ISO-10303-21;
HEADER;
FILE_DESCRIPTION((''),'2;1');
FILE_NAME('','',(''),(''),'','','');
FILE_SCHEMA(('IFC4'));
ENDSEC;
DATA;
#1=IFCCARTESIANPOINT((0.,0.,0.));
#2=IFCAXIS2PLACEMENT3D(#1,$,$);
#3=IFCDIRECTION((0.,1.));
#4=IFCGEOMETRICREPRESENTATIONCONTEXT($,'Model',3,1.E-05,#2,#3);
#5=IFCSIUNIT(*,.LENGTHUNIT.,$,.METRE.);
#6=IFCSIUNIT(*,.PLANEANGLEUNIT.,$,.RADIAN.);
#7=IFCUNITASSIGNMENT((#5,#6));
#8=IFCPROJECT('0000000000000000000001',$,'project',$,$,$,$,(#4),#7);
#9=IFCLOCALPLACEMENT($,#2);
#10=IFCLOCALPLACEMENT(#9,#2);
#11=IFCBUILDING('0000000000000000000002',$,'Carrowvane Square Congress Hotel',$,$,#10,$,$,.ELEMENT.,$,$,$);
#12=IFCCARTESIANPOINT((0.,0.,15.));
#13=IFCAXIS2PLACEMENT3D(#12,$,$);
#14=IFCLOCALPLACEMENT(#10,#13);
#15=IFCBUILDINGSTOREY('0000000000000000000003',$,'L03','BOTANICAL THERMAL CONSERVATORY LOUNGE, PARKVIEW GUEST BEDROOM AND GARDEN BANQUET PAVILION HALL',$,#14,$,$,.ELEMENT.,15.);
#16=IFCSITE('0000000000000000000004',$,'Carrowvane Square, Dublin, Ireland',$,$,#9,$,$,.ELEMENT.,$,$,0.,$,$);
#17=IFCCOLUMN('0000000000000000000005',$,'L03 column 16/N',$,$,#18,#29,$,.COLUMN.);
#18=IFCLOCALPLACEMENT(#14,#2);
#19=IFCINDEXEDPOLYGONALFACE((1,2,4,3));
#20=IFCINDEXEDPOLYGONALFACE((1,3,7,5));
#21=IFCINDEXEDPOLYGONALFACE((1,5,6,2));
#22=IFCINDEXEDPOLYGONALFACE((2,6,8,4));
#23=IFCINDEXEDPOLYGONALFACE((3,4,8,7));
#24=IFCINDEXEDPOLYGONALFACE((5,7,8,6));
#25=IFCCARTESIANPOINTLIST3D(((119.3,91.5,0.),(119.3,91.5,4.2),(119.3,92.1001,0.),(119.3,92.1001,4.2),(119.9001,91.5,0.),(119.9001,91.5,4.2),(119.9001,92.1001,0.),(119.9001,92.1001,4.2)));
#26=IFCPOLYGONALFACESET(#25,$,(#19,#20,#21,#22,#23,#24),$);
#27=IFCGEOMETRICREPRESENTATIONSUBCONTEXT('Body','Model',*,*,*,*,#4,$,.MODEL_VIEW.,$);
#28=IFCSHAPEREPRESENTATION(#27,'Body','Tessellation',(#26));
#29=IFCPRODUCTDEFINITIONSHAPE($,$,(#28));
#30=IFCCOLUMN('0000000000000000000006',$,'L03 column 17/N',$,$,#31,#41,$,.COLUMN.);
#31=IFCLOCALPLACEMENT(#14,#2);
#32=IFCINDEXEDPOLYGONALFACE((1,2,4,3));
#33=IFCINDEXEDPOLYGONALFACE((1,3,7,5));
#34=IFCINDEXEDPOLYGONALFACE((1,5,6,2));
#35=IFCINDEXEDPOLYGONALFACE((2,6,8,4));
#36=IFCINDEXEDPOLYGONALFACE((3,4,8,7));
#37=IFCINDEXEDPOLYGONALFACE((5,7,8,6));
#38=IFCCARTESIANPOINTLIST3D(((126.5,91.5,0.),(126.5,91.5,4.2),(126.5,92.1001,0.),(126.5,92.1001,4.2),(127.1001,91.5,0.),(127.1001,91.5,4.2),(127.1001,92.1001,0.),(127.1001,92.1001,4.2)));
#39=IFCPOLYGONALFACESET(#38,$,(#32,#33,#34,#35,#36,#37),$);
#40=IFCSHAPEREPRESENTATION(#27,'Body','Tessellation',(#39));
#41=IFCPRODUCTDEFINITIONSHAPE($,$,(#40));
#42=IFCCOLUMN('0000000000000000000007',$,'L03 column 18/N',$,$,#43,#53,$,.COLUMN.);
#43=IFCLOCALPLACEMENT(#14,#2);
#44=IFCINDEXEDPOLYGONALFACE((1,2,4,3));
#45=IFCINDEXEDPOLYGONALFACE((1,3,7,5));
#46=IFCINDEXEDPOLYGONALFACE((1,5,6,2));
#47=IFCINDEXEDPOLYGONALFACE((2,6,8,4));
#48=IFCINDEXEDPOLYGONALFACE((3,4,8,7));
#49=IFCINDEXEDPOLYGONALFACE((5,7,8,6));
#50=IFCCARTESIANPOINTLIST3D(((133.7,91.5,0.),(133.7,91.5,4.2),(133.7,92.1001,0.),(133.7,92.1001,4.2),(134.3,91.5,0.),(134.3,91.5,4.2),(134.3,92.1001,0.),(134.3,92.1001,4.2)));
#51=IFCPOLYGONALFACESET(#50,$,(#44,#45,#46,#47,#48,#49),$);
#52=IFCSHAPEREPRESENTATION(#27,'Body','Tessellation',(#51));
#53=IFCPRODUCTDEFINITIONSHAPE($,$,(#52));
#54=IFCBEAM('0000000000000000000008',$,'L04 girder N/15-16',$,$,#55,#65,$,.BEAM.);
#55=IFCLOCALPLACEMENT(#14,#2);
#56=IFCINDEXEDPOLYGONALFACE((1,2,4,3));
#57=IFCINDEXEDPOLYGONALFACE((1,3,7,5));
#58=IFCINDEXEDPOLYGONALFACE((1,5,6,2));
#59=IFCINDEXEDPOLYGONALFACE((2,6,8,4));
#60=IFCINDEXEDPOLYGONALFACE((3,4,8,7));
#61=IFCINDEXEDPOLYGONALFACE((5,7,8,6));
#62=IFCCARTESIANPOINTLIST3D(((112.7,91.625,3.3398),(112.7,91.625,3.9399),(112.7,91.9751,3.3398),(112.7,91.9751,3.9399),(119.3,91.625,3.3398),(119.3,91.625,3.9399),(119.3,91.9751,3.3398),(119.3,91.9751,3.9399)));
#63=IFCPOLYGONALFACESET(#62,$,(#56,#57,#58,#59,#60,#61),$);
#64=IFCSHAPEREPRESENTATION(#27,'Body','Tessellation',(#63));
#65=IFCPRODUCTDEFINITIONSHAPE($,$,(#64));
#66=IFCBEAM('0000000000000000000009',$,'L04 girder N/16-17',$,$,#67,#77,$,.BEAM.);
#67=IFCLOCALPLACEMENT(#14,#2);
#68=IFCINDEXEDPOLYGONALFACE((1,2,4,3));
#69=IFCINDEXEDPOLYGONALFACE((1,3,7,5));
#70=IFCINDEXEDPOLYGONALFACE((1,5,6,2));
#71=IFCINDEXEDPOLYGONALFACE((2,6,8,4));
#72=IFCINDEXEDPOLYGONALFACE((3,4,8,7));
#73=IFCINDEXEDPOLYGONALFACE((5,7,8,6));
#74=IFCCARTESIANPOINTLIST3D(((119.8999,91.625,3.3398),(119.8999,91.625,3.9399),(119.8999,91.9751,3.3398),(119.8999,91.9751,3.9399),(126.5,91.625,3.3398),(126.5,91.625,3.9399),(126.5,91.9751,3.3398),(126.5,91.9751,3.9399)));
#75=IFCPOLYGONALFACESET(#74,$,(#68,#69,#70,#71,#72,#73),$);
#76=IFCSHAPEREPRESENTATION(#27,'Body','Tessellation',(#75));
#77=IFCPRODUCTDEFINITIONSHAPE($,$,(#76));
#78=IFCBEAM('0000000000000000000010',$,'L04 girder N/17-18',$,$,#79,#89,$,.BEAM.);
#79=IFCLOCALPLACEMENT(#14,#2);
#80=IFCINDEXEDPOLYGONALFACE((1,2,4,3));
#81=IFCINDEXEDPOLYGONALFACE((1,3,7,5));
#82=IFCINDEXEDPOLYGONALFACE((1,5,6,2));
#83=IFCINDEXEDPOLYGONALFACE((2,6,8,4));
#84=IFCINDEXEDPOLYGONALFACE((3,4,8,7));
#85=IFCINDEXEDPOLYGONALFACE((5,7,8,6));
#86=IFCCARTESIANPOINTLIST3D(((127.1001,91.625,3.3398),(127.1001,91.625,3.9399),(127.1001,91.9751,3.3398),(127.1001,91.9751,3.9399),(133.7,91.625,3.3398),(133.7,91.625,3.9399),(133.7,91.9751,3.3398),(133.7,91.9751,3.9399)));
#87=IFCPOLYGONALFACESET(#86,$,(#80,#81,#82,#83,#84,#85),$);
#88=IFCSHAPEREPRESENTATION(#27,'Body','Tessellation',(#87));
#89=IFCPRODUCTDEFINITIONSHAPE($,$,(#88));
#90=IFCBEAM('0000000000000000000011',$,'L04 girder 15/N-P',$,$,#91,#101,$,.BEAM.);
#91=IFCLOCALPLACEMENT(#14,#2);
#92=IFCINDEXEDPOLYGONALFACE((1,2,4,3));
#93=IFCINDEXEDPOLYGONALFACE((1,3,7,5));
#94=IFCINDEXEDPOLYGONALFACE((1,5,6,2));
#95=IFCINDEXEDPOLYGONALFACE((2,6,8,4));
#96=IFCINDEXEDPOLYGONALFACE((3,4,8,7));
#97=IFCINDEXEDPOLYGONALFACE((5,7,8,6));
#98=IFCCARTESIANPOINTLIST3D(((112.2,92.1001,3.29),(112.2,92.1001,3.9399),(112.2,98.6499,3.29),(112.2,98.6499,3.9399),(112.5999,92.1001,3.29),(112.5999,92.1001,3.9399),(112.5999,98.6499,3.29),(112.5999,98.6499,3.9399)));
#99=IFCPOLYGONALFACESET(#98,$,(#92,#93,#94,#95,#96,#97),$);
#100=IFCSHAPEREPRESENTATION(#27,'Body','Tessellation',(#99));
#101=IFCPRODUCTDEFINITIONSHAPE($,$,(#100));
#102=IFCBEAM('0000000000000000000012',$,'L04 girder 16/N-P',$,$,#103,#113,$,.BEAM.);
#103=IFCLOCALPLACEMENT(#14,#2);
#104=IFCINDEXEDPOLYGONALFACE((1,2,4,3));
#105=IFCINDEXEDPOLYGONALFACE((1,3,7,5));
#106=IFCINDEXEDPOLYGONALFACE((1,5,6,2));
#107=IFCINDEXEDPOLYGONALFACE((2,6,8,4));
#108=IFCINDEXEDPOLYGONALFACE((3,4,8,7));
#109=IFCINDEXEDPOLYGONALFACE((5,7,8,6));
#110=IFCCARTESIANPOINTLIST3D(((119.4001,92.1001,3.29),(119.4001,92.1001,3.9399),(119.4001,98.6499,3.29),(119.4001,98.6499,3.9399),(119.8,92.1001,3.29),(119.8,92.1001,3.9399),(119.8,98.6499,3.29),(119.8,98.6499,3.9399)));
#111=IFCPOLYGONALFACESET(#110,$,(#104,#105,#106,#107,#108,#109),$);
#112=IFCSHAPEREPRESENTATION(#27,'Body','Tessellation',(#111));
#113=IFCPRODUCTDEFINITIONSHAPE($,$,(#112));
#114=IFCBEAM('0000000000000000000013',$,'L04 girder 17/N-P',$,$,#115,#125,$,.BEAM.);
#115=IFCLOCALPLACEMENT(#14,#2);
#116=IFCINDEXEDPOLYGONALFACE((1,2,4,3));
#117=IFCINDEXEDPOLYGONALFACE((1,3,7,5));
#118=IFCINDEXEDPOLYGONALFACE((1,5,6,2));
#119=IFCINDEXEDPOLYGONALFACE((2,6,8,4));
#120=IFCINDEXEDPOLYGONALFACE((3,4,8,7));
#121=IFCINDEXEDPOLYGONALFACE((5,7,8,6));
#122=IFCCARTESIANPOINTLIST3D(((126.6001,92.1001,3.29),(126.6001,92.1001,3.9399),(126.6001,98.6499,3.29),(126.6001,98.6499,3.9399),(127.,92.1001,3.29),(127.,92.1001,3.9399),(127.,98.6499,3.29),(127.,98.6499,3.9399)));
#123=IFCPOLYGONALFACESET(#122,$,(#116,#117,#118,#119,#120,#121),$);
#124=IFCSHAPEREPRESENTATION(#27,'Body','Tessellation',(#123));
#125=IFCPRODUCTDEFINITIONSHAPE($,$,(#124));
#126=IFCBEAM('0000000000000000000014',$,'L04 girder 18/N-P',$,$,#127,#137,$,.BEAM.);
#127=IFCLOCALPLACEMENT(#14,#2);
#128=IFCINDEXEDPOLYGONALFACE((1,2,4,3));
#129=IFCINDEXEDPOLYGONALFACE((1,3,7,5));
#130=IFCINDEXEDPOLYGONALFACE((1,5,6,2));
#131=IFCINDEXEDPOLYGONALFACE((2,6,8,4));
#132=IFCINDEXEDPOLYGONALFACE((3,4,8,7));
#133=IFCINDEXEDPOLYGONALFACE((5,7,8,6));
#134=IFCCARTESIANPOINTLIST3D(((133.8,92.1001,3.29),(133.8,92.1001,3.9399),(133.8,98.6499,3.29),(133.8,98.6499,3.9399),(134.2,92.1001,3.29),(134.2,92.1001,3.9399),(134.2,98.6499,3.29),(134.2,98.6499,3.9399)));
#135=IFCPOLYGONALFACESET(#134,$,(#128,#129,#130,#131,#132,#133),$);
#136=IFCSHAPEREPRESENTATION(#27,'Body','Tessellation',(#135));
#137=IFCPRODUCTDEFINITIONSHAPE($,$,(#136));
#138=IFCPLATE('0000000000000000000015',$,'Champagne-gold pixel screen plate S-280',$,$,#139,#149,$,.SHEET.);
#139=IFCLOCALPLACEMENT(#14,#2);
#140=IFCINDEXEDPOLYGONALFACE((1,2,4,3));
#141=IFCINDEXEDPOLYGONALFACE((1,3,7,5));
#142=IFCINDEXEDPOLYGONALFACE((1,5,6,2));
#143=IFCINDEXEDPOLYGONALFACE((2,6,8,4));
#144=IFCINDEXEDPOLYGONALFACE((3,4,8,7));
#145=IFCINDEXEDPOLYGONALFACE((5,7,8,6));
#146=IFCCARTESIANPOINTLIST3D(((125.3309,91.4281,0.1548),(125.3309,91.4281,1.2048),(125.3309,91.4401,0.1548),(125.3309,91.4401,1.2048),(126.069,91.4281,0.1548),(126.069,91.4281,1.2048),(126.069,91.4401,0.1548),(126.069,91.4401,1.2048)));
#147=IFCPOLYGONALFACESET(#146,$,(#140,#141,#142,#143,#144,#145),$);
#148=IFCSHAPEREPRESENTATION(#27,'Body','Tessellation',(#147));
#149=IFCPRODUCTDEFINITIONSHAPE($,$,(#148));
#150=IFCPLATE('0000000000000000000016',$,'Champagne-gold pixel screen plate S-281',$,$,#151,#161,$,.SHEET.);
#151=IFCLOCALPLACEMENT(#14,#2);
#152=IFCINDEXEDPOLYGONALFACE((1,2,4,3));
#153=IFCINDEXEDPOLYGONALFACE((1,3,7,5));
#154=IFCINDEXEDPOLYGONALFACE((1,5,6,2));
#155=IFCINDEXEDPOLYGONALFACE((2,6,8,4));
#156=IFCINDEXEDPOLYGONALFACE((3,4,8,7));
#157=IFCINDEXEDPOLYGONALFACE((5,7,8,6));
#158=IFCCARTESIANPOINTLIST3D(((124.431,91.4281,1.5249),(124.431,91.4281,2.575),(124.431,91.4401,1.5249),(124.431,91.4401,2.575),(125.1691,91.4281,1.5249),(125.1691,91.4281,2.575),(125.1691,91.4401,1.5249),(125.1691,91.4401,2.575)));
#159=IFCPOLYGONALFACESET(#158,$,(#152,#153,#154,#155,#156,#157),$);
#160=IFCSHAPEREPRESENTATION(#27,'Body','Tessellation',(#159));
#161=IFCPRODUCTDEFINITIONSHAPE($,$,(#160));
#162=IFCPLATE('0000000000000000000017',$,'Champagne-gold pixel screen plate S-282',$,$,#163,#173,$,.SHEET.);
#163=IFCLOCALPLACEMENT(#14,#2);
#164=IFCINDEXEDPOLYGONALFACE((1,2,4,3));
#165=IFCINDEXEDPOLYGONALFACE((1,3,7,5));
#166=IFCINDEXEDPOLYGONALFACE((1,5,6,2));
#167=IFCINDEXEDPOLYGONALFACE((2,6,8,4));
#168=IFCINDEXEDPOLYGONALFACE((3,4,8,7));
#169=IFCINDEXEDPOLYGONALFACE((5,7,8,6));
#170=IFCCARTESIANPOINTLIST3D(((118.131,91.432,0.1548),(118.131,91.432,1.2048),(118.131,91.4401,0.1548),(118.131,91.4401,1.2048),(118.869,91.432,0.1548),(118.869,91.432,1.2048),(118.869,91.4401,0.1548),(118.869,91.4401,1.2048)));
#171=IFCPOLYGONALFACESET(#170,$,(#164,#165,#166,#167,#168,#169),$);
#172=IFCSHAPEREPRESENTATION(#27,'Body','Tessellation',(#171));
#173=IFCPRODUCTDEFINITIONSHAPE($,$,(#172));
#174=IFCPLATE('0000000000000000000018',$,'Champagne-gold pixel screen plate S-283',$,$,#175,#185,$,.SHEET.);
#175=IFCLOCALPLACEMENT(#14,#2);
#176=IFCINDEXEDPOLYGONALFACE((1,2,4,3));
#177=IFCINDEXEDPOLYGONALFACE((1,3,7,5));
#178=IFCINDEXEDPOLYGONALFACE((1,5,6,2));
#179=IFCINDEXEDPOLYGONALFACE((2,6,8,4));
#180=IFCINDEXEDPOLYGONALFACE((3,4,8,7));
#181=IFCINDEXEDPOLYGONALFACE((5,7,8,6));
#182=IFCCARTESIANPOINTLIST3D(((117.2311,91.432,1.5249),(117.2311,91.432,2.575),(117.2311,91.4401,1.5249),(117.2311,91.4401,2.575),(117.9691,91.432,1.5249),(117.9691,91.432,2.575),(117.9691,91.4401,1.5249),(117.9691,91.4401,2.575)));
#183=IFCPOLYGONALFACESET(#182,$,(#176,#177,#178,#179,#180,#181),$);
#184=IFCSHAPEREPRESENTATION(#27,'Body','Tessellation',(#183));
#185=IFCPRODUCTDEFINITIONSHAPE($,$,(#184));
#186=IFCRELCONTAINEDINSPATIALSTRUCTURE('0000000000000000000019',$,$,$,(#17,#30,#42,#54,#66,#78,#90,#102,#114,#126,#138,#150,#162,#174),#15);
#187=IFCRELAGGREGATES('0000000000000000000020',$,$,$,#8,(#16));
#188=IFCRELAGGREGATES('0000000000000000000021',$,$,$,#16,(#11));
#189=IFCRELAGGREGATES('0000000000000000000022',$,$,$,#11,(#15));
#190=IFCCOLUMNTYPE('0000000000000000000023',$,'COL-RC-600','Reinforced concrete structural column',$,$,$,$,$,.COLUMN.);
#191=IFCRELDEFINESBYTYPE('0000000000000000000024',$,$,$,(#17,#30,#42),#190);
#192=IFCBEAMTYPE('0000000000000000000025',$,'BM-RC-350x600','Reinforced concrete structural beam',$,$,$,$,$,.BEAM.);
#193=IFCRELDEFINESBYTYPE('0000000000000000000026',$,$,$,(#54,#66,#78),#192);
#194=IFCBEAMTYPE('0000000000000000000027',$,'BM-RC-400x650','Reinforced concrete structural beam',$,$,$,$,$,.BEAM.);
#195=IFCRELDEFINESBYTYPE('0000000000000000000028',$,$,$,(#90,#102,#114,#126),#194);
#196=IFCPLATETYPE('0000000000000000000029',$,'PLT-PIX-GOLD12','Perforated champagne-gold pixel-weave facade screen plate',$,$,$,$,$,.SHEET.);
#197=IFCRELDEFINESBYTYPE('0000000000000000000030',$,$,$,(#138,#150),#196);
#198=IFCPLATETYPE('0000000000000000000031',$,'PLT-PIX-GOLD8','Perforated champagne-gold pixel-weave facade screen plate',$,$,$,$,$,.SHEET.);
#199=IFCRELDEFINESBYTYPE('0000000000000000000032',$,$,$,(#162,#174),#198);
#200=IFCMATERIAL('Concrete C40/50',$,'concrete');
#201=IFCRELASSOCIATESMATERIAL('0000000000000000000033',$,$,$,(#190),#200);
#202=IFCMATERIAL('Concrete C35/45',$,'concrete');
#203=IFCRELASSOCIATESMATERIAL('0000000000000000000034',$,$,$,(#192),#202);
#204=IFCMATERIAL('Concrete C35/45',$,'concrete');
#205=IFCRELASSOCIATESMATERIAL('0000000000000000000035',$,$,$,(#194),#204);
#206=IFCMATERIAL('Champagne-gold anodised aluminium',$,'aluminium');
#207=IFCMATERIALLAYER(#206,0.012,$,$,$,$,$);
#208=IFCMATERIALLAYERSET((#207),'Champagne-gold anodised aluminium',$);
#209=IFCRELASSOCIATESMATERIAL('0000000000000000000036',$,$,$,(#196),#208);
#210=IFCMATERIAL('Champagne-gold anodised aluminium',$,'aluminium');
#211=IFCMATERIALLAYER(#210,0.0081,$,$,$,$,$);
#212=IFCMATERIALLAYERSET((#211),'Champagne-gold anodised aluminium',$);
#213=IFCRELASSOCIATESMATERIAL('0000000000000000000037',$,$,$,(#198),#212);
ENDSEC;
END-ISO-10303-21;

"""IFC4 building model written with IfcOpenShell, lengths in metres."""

from ifc_helpers import new_model, si_unit, direction, frame, origin, origin_2d, place, context, subcontext, project, spatial, rectangle, extrude, material, layer, layer_set, material_profile, profile_set, type_object, element, save


model = new_model("IFC4")

# Units and contexts
model_context = context("Model", 3, precision=1e-05, world=origin(), true_north=direction((0.0, 1.0)))
body_context = subcontext(model_context, "Body", "Model", "MODEL_VIEW")
ifc_project = project(units=[si_unit("LENGTHUNIT", "METRE"), si_unit("PLANEANGLEUNIT", "RADIAN")], contexts=[model_context])

# Site, building, storey
site_placement = place(None, origin())
site = spatial("IfcSite", under=ifc_project, at=site_placement, Name="Carrowvane Square, Dublin, Ireland", CompositionType="ELEMENT", RefElevation=0.0)
building_placement = place(site_placement, origin())
building = spatial("IfcBuilding", under=site, at=building_placement, Name="Carrowvane Square Congress Hotel", CompositionType="ELEMENT")
storey_placement = place(building_placement, frame((0.0, 0.0, 15.0)))
storey = spatial("IfcBuildingStorey", under=building, at=storey_placement, Name="L03", Description="BOTANICAL THERMAL CONSERVATORY LOUNGE, PARKVIEW GUEST BEDROOM AND GARDEN BANQUET PAVILION HALL", CompositionType="ELEMENT", Elevation=15.0)

# Columns
ifc_material_1 = material(Name="Concrete C40/50", Category="concrete")
ifc_material_profile_1 = material_profile(ifc_material_1, rectangle(XDim=0.6001, YDim=0.6001, at=origin_2d()), Name="RC 600x600")
ifc_profile_set_1 = profile_set([ifc_material_profile_1], Name="Concrete C40/50")
column_type = type_object("IfcColumnType", Name="COL-RC-600", Description="Reinforced concrete structural column", PredefinedType="COLUMN", material=ifc_profile_set_1)
for number, where, z_axis, x_axis, name in (
    (1, (119.6001, 91.8, 0.0), (0.0, 0.0, 1.0), (1.0, 0.0, 0.0), "L03 column 16/N"),
    (2, (126.8, 91.8, 0.0), (0.0, 0.0, 1.0), (1.0, 0.0, 0.0), "L03 column 17/N"),
    (3, (134.0, 91.8, 0.0), (0.0, 0.0, 1.0), (1.0, 0.0, 0.0), "L03 column 18/N"),
):
    element("IfcColumn", number, at=place(storey_placement, frame(where, z_axis=z_axis, x_axis=x_axis)), inside=storey, type_object=column_type, Name=name, PredefinedType="COLUMN", context=body_context, shape_type="SweptSolid", body=[
        extrude(rectangle(XDim=0.6001, YDim=0.6001, at=origin_2d()), origin(), (0.0, 0.0, 1.0), 4.2),
    ])

# Beams
ifc_material_2 = material(Name="Concrete C35/45", Category="concrete")
ifc_material_profile_2 = material_profile(ifc_material_2, rectangle(XDim=0.3501, YDim=0.6001, at=origin_2d()), Name="RC 350x600")
ifc_profile_set_2 = profile_set([ifc_material_profile_2], Name="Concrete C35/45")
beam_type_1 = type_object("IfcBeamType", Name="BM-RC-350x600", Description="Reinforced concrete structural beam", PredefinedType="BEAM", material=ifc_profile_set_2)
for number, where, z_axis, x_axis, name in (
    (4, (112.7, 91.8, 3.6399), (1.0, 0.0, 0.0), (0.0, 1.0, 0.0), "L04 girder N/15-16"),
    (5, (119.8999, 91.8, 3.6399), (1.0, 0.0, 0.0), (0.0, 1.0, 0.0), "L04 girder N/16-17"),
):
    element("IfcBeam", number, at=place(storey_placement, frame(where, z_axis=z_axis, x_axis=x_axis)), inside=storey, type_object=beam_type_1, Name=name, PredefinedType="BEAM", context=body_context, shape_type="SweptSolid", body=[
        extrude(rectangle(XDim=0.3501, YDim=0.6001, at=origin_2d()), origin(), (0.0, 0.0, 1.0), 6.6001),
    ])
beam_placement = place(storey_placement, frame((127.1001, 91.8, 3.6399), z_axis=(1.0, 0.0, 0.0), x_axis=(0.0, 1.0, 0.0)))
element("IfcBeam", 6, at=beam_placement, inside=storey, type_object=beam_type_1, Name="L04 girder N/17-18", PredefinedType="BEAM", context=body_context, shape_type="SweptSolid", body=[
    extrude(rectangle(XDim=0.3501, YDim=0.6001, at=origin_2d()), origin(), (0.0, 0.0, 1.0), 6.5999),
])
ifc_material_3 = material(Name="Concrete C35/45", Category="concrete")
ifc_material_profile_3 = material_profile(ifc_material_3, rectangle(XDim=0.3999, YDim=0.6499, at=origin_2d()), Name="RC 400x650")
ifc_profile_set_3 = profile_set([ifc_material_profile_3], Name="Concrete C35/45")
beam_type_2 = type_object("IfcBeamType", Name="BM-RC-400x650", Description="Reinforced concrete structural beam", PredefinedType="BEAM", material=ifc_profile_set_3)
for number, where, z_axis, x_axis, name in (
    (7, (112.3999, 92.1001, 3.615), (0.0, 1.0, 0.0), (-1.0, 0.0, 0.0), "L04 girder 15/N-P"),
    (8, (119.6001, 92.1001, 3.615), (0.0, 1.0, 0.0), (-1.0, 0.0, 0.0), "L04 girder 16/N-P"),
    (9, (126.8, 92.1001, 3.615), (0.0, 1.0, 0.0), (-1.0, 0.0, 0.0), "L04 girder 17/N-P"),
    (10, (134.0, 92.1001, 3.615), (0.0, 1.0, 0.0), (-1.0, 0.0, 0.0), "L04 girder 18/N-P"),
):
    element("IfcBeam", number, at=place(storey_placement, frame(where, z_axis=z_axis, x_axis=x_axis)), inside=storey, type_object=beam_type_2, Name=name, PredefinedType="BEAM", context=body_context, shape_type="SweptSolid", body=[
        extrude(rectangle(XDim=0.3999, YDim=0.6499, at=origin_2d()), origin(), (0.0, 0.0, 1.0), 6.5498),
    ])

# Plates
ifc_material_4 = material(Name="Champagne-gold anodised aluminium", Category="aluminium")
ifc_layer_1 = layer(ifc_material_4, 0.012)
ifc_layer_set_1 = layer_set([ifc_layer_1], Name="Champagne-gold anodised aluminium")
plate_type_1 = type_object("IfcPlateType", Name="PLT-PIX-GOLD12", Description="Perforated champagne-gold pixel-weave facade screen plate", PredefinedType="SHEET", material=ifc_layer_set_1)
for number, where, z_axis, x_axis, name in (
    (11, (125.7, 91.4341, 0.1548), (0.0, 0.0, 1.0), (-1.0, 0.0, 0.0), "Champagne-gold pixel screen plate S-280"),
    (12, (124.8, 91.4341, 1.5249), (0.0, 0.0, 1.0), (-1.0, 0.0, 0.0), "Champagne-gold pixel screen plate S-281"),
):
    element("IfcPlate", number, at=place(storey_placement, frame(where, z_axis=z_axis, x_axis=x_axis)), inside=storey, type_object=plate_type_1, Name=name, PredefinedType="SHEET", context=body_context, shape_type="SweptSolid", body=[
        extrude(rectangle(XDim=0.738, YDim=0.012, at=origin_2d()), origin(), (0.0, 0.0, 1.0), 1.05),
    ])
ifc_material_5 = material(Name="Champagne-gold anodised aluminium", Category="aluminium")
ifc_layer_2 = layer(ifc_material_5, 0.0081)
ifc_layer_set_2 = layer_set([ifc_layer_2], Name="Champagne-gold anodised aluminium")
plate_type_2 = type_object("IfcPlateType", Name="PLT-PIX-GOLD8", Description="Perforated champagne-gold pixel-weave facade screen plate", PredefinedType="SHEET", material=ifc_layer_set_2)
for number, where, z_axis, x_axis, name in (
    (13, (118.5, 91.436, 0.1548), (0.0, 0.0, 1.0), (-1.0, 0.0, 0.0), "Champagne-gold pixel screen plate S-282"),
    (14, (117.6001, 91.436, 1.5249), (0.0, 0.0, 1.0), (-1.0, 0.0, 0.0), "Champagne-gold pixel screen plate S-283"),
):
    element("IfcPlate", number, at=place(storey_placement, frame(where, z_axis=z_axis, x_axis=x_axis)), inside=storey, type_object=plate_type_2, Name=name, PredefinedType="SHEET", context=body_context, shape_type="SweptSolid", body=[
        extrude(rectangle(XDim=0.738, YDim=0.0081, at=origin_2d()), origin(), (0.0, 0.0, 1.0), 1.05),
    ])

save(model, "model.ifc")
